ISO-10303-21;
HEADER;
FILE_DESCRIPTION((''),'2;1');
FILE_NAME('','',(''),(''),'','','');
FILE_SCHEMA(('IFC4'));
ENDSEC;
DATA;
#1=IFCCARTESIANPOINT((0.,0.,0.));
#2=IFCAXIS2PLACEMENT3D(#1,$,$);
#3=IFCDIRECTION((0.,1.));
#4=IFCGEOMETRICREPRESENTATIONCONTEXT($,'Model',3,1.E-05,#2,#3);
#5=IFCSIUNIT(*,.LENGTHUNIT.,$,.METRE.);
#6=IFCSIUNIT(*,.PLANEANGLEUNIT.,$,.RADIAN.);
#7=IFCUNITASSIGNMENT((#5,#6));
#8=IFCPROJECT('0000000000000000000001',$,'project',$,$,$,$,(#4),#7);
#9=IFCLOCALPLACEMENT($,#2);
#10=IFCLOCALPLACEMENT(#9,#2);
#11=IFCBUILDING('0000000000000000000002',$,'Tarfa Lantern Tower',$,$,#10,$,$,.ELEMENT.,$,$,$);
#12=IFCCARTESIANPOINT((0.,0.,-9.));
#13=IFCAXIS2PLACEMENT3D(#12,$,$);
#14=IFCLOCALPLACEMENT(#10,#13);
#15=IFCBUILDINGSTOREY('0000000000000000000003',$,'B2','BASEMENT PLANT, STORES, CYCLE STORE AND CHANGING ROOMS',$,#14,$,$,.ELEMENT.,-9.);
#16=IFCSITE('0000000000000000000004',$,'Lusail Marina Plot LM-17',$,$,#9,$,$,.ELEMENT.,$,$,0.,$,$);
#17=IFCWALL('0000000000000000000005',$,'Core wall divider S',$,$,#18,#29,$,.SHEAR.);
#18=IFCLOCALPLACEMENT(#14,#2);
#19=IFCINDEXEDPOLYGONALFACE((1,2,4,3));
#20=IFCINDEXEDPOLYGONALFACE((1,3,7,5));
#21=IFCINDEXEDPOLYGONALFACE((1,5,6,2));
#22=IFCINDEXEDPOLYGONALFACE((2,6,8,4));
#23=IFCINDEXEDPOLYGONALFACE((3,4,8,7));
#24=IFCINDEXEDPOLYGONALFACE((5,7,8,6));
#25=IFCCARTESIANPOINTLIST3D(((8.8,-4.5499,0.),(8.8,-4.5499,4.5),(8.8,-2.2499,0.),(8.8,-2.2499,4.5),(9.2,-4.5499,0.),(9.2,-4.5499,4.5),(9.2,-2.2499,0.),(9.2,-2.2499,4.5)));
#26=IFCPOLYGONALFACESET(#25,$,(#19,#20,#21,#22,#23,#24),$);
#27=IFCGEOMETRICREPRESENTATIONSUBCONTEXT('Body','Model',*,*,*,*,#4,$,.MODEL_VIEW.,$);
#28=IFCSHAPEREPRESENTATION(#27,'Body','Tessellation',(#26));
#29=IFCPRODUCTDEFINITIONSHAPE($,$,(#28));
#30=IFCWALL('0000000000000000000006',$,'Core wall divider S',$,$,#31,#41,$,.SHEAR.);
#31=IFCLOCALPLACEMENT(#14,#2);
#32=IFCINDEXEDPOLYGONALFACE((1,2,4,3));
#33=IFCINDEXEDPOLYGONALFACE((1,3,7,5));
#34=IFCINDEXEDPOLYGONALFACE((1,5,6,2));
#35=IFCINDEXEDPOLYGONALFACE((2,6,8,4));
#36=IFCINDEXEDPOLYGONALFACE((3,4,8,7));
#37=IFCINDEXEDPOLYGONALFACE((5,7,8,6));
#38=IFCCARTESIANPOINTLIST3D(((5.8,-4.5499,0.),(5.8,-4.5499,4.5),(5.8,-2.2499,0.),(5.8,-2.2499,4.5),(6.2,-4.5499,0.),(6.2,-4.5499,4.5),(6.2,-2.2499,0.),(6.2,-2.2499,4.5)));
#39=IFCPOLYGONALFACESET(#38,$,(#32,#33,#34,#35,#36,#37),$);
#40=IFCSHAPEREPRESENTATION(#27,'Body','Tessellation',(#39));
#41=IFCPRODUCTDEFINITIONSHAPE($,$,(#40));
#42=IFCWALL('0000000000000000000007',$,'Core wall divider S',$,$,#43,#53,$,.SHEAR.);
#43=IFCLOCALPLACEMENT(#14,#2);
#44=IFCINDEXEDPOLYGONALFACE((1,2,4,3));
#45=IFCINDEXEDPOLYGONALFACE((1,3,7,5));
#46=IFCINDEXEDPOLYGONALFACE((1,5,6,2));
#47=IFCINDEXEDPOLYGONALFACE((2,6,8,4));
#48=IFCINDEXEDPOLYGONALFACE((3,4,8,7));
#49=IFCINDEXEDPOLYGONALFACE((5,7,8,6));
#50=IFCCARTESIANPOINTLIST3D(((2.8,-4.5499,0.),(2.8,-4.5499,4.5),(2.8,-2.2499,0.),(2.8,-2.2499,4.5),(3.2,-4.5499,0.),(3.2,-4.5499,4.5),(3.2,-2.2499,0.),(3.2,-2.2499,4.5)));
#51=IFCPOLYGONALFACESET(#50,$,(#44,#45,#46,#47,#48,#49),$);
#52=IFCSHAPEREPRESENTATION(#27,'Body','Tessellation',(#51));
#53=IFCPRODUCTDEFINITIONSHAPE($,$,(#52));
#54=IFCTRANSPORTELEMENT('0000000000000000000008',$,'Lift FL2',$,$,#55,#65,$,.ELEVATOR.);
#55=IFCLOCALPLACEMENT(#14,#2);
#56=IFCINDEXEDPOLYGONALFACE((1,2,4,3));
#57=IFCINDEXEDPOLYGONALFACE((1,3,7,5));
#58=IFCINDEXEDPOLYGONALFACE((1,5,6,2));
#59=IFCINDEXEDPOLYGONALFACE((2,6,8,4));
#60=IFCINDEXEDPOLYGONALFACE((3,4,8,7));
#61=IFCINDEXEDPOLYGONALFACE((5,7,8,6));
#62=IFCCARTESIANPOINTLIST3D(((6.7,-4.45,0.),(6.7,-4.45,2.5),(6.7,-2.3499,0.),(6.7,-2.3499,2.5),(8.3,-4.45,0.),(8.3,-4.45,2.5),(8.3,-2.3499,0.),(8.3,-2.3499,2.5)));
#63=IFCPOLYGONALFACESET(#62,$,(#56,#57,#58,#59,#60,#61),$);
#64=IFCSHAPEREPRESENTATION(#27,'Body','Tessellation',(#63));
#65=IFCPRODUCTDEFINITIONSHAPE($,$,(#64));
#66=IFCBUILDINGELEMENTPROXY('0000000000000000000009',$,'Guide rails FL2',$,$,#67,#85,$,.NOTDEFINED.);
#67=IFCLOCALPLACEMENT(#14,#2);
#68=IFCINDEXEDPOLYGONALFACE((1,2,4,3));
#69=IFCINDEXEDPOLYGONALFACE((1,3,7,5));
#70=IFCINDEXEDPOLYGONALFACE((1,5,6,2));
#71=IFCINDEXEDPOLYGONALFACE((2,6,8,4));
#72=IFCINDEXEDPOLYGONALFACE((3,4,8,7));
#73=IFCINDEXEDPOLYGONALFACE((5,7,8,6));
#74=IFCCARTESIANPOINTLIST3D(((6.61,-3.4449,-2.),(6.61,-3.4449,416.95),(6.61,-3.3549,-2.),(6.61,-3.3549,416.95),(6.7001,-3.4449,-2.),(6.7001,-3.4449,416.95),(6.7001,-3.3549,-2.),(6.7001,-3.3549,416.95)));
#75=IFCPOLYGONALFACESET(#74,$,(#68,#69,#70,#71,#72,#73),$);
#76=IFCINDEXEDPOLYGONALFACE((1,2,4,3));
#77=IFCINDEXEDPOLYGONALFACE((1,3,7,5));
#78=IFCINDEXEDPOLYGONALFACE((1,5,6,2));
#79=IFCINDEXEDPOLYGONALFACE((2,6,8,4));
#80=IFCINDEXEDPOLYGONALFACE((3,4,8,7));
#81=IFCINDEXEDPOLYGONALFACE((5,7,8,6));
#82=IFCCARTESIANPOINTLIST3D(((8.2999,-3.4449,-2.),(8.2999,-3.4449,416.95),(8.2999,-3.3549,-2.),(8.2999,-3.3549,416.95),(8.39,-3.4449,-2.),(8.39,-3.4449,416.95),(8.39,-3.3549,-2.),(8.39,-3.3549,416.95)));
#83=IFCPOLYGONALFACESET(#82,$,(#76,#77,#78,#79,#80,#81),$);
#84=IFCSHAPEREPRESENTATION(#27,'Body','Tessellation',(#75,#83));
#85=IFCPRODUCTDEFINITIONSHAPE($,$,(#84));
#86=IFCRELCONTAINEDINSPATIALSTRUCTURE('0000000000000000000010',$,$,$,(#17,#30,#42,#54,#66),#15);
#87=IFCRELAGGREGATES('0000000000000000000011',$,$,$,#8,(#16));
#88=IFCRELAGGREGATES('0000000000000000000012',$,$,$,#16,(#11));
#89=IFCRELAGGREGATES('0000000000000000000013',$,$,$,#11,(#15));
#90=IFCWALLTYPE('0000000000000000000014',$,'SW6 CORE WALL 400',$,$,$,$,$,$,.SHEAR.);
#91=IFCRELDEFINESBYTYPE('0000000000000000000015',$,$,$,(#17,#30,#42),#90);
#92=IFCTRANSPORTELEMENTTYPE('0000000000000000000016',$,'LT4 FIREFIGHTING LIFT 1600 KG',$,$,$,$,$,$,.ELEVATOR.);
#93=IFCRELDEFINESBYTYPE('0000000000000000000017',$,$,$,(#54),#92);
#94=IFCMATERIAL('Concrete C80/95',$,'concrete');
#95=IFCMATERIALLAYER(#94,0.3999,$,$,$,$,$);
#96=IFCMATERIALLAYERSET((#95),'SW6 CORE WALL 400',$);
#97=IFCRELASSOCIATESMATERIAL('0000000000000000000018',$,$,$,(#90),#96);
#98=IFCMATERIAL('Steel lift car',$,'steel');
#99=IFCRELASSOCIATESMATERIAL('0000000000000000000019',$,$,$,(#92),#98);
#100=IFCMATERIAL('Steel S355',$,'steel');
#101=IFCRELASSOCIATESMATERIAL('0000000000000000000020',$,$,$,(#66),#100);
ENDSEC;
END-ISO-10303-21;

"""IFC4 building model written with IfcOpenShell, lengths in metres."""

from ifc_helpers import new_model, si_unit, direction, frame, frame_2d, origin, origin_2d, place, context, subcontext, project, spatial, rectangle, extrude, material, layer, layer_set, type_object, element, save


model = new_model("IFC4")

# Units and contexts
model_context = context("Model", 3, precision=1e-05, world=origin(), true_north=direction((0.0, 1.0)))
body_context = subcontext(model_context, "Body", "Model", "MODEL_VIEW")
ifc_project = project(units=[si_unit("LENGTHUNIT", "METRE"), si_unit("PLANEANGLEUNIT", "RADIAN")], contexts=[model_context])

# Site, building, storey
site_placement = place(None, origin())
site = spatial("IfcSite", under=ifc_project, at=site_placement, Name="Lusail Marina Plot LM-17", CompositionType="ELEMENT", RefElevation=0.0)
building_placement = place(site_placement, origin())
building = spatial("IfcBuilding", under=site, at=building_placement, Name="Tarfa Lantern Tower", CompositionType="ELEMENT")
storey_placement = place(building_placement, frame((0.0, 0.0, -9.0)))
storey = spatial("IfcBuildingStorey", under=building, at=storey_placement, Name="B2", Description="BASEMENT PLANT, STORES, CYCLE STORE AND CHANGING ROOMS", CompositionType="ELEMENT", Elevation=-9.0)

# Shared definitions
ifc_material_1 = material(Name="Concrete C80/95", Category="concrete")

# Walls
ifc_layer_1 = layer(ifc_material_1, 0.3999)
ifc_layer_set_1 = layer_set([ifc_layer_1], Name="SW6 CORE WALL 400")
wall_type_1 = type_object("IfcWallType", Name="SW6 CORE WALL 400", PredefinedType="SHEAR", material=ifc_layer_set_1)
for number, where, z_axis, x_axis, name in (
    (1, (9.0, -2.25, 0.0), (0.0, 0.0, 1.0), (0.0, -1.0, 0.0), "Core wall divider S"),
    (2, (6.0, -2.25, 0.0), (0.0, 0.0, 1.0), (0.0, -1.0, 0.0), "Core wall divider S"),
    (3, (3.0, -2.25, 0.0), (0.0, 0.0, 1.0), (0.0, -1.0, 0.0), "Core wall divider S"),
):
    element("IfcWall", number, at=place(storey_placement, frame(where, z_axis=z_axis, x_axis=x_axis)), inside=storey, type_object=wall_type_1, Name=name, PredefinedType="SHEAR", context=body_context, shape_type="SweptSolid", body=[
        extrude(rectangle(XDim=2.3, YDim=0.3999, at=frame_2d((1.1499, 0.0))), origin(), (0.0, 0.0, 1.0), 4.5),
    ])

# Transport element
ifc_material_2 = material(Name="Steel lift car", Category="steel")
transport_element_type = type_object("IfcTransportElementType", Name="LT4 FIREFIGHTING LIFT 1600 KG", PredefinedType="ELEVATOR", material=ifc_material_2)
transport_element_placement = place(storey_placement, frame((7.5, -3.3999, 0.0), z_axis=(0.0, 0.0, 1.0), x_axis=(1.0, 0.0, 0.0)))
element("IfcTransportElement", 4, at=transport_element_placement, inside=storey, type_object=transport_element_type, Name="Lift FL2", PredefinedType="ELEVATOR", context=body_context, shape_type="SweptSolid", body=[
    extrude(rectangle(XDim=1.6001, YDim=2.1001, at=origin_2d()), origin(), (0.0, 0.0, 1.0), 2.5),
])

# Building element proxy
ifc_material_3 = material(Name="Steel S355", Category="steel")
proxy_placement = place(storey_placement, frame((6.655, -3.3999, -2.0), z_axis=(0.0, 0.0, 1.0), x_axis=(1.0, 0.0, 0.0)))
element("IfcBuildingElementProxy", 5, at=proxy_placement, inside=storey, material=ifc_material_3, Name="Guide rails FL2", PredefinedType="NOTDEFINED", context=body_context, shape_type="SweptSolid", body=[
    extrude(rectangle(XDim=0.0901, YDim=0.0901, at=origin_2d()), origin(), (0.0, 0.0, 1.0), 418.95),
    extrude(rectangle(XDim=0.0901, YDim=0.0901, at=frame_2d((1.6899, 0.0))), origin(), (0.0, 0.0, 1.0), 418.95),
])

save(model, "model.ifc")
